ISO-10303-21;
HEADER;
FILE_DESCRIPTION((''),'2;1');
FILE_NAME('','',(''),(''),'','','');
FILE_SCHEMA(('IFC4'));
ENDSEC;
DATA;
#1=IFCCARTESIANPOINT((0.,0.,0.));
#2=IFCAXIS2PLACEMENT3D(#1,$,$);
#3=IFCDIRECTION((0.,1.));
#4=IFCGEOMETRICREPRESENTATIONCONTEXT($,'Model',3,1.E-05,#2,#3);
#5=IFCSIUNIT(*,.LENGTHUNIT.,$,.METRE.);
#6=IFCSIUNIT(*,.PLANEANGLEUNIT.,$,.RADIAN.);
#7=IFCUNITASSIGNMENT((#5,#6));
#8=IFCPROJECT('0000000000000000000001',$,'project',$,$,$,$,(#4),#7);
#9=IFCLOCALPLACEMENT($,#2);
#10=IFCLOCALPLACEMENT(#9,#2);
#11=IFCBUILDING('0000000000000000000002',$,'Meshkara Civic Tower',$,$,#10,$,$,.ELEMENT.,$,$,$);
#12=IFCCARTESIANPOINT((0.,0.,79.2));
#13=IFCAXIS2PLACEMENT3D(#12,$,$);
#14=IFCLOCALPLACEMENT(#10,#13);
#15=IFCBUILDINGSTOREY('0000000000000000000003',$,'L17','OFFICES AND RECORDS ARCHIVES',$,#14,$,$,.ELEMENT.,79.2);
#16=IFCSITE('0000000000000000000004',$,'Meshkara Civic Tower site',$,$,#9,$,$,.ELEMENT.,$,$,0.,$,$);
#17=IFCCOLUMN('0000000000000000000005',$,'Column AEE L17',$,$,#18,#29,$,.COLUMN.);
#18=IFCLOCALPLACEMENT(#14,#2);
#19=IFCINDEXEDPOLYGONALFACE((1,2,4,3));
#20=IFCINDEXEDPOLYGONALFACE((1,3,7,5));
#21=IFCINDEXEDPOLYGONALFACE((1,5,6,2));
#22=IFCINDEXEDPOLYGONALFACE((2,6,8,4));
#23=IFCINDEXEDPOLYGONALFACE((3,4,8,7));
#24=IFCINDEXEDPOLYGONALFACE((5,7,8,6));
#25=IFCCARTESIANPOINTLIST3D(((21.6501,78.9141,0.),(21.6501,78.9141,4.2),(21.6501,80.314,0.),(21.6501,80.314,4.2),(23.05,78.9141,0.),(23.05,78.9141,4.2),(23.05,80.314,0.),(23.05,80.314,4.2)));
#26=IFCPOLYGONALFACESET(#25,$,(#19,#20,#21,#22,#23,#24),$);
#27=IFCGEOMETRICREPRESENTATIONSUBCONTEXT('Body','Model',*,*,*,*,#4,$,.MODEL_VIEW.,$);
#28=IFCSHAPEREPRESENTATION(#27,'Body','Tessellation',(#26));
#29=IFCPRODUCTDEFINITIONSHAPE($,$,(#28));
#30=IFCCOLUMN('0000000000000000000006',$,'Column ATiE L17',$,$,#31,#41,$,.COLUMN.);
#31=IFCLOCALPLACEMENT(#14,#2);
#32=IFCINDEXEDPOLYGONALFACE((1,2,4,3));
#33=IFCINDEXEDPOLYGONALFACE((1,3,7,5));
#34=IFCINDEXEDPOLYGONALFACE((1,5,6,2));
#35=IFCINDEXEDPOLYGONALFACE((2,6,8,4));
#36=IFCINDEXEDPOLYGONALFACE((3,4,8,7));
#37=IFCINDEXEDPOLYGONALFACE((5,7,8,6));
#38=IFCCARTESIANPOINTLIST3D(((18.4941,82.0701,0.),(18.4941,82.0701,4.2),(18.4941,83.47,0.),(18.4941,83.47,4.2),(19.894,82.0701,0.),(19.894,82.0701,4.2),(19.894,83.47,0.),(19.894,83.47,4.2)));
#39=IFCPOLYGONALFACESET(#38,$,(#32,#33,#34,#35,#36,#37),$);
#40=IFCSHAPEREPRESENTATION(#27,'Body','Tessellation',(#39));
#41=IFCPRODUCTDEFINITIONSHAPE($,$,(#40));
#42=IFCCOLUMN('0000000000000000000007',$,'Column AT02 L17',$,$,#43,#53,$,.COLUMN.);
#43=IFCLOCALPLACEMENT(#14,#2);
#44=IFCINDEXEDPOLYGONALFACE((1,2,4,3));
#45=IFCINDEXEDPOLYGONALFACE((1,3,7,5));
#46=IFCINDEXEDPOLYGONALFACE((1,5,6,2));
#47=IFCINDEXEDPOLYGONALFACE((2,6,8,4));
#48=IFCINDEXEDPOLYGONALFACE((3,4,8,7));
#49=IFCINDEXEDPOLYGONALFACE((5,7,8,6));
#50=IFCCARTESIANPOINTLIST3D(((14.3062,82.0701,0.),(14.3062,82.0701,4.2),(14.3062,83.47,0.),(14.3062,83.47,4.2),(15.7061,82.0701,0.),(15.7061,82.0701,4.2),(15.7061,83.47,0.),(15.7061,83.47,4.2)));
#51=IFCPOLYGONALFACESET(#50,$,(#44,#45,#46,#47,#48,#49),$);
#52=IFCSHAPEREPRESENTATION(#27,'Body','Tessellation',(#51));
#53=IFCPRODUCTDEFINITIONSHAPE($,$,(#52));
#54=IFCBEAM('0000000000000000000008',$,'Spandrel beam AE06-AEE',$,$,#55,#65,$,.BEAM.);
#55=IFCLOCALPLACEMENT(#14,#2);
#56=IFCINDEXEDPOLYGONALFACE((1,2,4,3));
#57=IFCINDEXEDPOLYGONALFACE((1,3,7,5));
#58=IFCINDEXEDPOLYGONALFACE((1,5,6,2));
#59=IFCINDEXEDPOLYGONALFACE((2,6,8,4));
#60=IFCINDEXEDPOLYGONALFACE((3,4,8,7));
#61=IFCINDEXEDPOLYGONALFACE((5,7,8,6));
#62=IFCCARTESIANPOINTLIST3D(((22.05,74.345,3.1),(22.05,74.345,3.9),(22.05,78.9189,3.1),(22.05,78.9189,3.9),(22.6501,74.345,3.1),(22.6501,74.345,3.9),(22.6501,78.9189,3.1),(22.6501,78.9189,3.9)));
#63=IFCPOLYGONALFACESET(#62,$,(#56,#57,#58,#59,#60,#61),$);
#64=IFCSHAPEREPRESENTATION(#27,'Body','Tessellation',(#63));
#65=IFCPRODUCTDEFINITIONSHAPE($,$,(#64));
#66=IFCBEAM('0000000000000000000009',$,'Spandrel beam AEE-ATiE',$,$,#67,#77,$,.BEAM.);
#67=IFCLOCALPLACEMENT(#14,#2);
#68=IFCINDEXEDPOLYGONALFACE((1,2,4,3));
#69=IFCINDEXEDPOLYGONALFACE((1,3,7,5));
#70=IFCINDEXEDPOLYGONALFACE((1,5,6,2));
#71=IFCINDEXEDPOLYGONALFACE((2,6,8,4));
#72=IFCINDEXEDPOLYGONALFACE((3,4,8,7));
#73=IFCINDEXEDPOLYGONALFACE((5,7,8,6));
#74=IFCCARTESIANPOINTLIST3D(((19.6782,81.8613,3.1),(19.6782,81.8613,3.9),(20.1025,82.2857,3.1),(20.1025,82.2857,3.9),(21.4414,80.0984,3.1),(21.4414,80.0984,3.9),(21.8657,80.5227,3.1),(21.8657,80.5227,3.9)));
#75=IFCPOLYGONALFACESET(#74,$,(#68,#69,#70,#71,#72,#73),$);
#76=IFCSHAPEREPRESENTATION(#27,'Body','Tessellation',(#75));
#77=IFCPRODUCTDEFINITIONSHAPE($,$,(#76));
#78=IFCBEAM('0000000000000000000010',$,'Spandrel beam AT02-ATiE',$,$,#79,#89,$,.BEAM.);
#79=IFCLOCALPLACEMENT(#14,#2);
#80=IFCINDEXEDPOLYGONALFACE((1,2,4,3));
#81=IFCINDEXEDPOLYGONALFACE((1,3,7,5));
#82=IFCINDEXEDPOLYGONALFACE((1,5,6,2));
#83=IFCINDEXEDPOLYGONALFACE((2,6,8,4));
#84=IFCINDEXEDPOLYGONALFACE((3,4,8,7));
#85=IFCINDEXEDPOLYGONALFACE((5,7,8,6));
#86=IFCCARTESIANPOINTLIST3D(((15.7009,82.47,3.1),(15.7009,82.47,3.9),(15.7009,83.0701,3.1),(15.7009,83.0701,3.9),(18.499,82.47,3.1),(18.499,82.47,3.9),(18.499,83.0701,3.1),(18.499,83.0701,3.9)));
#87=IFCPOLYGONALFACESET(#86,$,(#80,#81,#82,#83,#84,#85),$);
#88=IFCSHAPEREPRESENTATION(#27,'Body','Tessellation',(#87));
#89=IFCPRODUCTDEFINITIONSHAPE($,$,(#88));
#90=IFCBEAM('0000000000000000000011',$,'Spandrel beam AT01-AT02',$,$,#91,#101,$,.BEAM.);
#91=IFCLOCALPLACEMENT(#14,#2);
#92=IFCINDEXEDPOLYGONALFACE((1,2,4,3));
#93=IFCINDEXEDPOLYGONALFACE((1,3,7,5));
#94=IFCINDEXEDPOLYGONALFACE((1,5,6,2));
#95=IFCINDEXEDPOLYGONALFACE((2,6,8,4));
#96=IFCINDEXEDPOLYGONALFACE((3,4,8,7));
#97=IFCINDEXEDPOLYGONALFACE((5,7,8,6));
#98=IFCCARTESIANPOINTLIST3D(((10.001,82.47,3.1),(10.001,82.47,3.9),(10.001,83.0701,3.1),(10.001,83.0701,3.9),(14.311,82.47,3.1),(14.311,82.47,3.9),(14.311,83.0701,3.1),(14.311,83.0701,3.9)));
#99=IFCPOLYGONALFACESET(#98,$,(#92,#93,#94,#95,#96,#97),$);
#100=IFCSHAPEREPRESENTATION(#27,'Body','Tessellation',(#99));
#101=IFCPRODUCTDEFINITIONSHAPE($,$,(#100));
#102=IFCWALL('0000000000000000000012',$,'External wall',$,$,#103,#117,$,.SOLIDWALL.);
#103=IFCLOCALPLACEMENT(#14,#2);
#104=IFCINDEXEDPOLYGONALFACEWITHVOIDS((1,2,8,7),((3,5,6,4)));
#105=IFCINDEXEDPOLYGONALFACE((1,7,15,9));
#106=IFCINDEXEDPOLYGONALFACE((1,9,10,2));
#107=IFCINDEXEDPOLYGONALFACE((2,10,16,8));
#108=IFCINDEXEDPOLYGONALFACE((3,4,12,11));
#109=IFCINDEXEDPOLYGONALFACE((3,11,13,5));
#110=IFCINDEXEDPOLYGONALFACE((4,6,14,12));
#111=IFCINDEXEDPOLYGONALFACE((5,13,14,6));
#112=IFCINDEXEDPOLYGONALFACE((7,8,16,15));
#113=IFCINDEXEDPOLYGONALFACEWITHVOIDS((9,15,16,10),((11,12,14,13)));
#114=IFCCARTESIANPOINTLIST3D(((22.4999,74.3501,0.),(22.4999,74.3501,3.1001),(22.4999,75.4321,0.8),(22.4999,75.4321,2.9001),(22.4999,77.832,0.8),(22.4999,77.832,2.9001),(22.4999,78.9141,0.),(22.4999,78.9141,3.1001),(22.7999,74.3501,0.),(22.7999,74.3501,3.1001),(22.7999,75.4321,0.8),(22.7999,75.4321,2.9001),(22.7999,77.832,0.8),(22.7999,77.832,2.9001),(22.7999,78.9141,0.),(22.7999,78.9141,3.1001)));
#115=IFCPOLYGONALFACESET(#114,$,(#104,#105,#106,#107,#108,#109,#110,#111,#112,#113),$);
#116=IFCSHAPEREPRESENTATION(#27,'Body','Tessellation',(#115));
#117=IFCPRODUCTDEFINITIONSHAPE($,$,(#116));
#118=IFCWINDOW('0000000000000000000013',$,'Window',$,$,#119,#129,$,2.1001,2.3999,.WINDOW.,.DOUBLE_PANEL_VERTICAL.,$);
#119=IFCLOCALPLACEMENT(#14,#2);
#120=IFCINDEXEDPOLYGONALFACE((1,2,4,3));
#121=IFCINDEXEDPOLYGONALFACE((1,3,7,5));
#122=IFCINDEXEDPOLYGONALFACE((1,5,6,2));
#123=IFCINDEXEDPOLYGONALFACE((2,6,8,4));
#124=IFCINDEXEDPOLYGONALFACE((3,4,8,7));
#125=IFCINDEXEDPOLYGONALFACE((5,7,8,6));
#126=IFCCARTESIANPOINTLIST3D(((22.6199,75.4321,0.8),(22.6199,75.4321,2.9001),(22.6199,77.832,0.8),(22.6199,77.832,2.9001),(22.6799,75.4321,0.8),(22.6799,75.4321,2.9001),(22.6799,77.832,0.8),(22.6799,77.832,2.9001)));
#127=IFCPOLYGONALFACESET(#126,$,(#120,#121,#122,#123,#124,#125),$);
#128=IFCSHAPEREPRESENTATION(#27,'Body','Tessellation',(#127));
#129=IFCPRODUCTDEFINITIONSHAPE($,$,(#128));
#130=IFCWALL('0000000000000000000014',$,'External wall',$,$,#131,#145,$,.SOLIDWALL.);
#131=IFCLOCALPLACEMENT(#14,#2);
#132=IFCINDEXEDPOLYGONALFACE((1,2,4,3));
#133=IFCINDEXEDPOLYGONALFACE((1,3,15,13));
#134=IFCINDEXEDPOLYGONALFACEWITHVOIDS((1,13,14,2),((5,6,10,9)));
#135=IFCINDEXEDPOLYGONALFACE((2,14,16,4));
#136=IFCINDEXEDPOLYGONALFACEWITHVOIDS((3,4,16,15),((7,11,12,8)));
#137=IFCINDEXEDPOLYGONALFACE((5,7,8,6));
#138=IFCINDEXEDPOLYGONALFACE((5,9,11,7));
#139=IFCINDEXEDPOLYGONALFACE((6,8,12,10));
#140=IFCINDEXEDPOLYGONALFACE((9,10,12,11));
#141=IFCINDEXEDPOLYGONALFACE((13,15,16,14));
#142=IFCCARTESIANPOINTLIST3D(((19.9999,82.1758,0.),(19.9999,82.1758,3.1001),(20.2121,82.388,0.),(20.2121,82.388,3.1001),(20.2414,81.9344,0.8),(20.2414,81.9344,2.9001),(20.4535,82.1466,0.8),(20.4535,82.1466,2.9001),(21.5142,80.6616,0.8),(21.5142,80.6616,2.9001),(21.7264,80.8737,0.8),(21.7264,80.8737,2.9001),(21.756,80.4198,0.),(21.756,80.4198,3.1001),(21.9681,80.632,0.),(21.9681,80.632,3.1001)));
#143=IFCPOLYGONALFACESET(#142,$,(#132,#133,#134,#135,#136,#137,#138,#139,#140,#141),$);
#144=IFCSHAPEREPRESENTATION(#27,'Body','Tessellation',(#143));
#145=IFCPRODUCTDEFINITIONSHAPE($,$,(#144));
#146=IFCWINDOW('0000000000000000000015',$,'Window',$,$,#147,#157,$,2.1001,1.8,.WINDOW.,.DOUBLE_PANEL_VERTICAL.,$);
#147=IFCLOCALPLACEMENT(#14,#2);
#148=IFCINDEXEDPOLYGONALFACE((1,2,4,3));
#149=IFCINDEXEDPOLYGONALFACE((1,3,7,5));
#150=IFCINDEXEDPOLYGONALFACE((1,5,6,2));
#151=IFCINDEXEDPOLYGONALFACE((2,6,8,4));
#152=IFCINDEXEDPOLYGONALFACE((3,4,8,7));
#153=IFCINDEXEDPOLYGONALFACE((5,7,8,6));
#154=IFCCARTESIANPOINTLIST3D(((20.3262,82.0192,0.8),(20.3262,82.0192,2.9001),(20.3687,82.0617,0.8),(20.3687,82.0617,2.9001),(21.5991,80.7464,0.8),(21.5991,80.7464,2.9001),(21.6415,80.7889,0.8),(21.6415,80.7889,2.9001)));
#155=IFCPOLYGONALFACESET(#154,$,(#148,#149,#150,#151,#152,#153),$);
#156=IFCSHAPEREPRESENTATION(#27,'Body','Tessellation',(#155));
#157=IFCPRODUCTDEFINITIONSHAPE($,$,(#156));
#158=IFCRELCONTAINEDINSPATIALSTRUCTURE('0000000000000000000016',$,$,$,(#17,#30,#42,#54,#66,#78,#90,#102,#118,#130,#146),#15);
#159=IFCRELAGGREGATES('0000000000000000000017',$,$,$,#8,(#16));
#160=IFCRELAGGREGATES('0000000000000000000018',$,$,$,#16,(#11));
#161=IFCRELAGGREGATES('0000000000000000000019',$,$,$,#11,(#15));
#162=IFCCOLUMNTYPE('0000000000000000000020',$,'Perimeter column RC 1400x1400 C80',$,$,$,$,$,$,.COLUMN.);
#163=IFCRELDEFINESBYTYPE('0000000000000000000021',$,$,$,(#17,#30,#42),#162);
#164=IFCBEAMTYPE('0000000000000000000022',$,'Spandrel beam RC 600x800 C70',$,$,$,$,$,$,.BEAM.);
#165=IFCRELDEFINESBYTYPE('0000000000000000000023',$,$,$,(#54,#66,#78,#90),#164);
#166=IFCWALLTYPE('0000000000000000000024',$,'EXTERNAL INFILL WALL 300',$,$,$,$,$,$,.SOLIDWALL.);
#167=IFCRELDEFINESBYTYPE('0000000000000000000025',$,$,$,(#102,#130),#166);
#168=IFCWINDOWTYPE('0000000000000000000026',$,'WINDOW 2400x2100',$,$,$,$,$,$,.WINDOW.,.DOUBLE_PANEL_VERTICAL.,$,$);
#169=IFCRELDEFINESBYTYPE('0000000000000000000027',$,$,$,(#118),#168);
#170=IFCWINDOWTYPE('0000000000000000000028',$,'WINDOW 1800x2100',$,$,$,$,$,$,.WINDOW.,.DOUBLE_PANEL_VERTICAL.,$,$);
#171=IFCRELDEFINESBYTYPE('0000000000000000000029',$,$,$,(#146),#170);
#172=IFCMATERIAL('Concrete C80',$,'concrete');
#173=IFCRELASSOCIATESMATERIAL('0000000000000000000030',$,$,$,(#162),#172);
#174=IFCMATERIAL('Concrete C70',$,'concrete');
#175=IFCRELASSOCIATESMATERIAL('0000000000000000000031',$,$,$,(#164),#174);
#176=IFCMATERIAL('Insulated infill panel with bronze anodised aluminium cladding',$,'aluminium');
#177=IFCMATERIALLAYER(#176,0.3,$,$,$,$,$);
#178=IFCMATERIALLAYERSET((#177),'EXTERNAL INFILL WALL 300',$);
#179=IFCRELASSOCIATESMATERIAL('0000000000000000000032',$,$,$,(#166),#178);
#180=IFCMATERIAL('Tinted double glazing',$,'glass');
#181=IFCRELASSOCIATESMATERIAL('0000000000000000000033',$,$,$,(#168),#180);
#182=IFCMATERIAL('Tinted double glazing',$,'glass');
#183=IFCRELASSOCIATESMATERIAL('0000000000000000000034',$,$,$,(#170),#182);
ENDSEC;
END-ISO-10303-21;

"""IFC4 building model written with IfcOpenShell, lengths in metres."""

from ifc_helpers import new_model, si_unit, direction, frame, frame_2d, origin, origin_2d, place, context, subcontext, project, spatial, rectangle, extrude, material, layer, layer_set, material_profile, profile_set, type_object, element, fill, save


model = new_model("IFC4")

# Units and contexts
model_context = context("Model", 3, precision=1e-05, world=origin(), true_north=direction((0.0, 1.0)))
body_context = subcontext(model_context, "Body", "Model", "MODEL_VIEW")
ifc_project = project(units=[si_unit("LENGTHUNIT", "METRE"), si_unit("PLANEANGLEUNIT", "RADIAN")], contexts=[model_context])

# Site, building, storey
site_placement = place(None, origin())
site = spatial("IfcSite", under=ifc_project, at=site_placement, Name="Meshkara Civic Tower site", CompositionType="ELEMENT", RefElevation=0.0)
building_placement = place(site_placement, origin())
building = spatial("IfcBuilding", under=site, at=building_placement, Name="Meshkara Civic Tower", CompositionType="ELEMENT")
storey_placement = place(building_placement, frame((0.0, 0.0, 79.2)))
storey = spatial("IfcBuildingStorey", under=building, at=storey_placement, Name="L17", Description="OFFICES AND RECORDS ARCHIVES", CompositionType="ELEMENT", Elevation=79.2)

# Columns
ifc_material_1 = material(Name="Concrete C80", Category="concrete")
ifc_material_profile_1 = material_profile(ifc_material_1, rectangle(XDim=1.3999, YDim=1.3999, at=origin_2d()))
ifc_profile_set_1 = profile_set([ifc_material_profile_1], Name="Concrete C80")
column_type = type_object("IfcColumnType", Name="Perimeter column RC 1400x1400 C80", PredefinedType="COLUMN", material=ifc_profile_set_1)
for number, where, z_axis, x_axis, name in (
    (1, (22.3501, 79.614, 0.0), (0.0, 0.0, 1.0), (1.0, 0.0, 0.0), "Column AEE L17"),
    (2, (19.1941, 82.77, 0.0), (0.0, 0.0, 1.0), (1.0, 0.0, 0.0), "Column ATiE L17"),
    (3, (15.0061, 82.77, 0.0), (0.0, 0.0, 1.0), (1.0, 0.0, 0.0), "Column AT02 L17"),
):
    element("IfcColumn", number, at=place(storey_placement, frame(where, z_axis=z_axis, x_axis=x_axis)), inside=storey, type_object=column_type, Name=name, PredefinedType="COLUMN", context=body_context, shape_type="SweptSolid", body=[
        extrude(rectangle(XDim=1.3999, YDim=1.3999, at=origin_2d()), origin(), (0.0, 0.0, 1.0), 4.2),
    ])

# Beams
ifc_material_2 = material(Name="Concrete C70", Category="concrete")
ifc_material_profile_2 = material_profile(ifc_material_2, rectangle(XDim=0.6001, YDim=0.8, at=origin_2d()))
ifc_profile_set_2 = profile_set([ifc_material_profile_2], Name="Concrete C70")
beam_type = type_object("IfcBeamType", Name="Spandrel beam RC 600x800 C70", PredefinedType="BEAM", material=ifc_profile_set_2)
beam_1_placement = place(storey_placement, frame((22.3501, 74.345, 3.5), z_axis=(0.0, 1.0, 0.0), x_axis=(-1.0, 0.0, 0.0)))
element("IfcBeam", 4, at=beam_1_placement, inside=storey, type_object=beam_type, Name="Spandrel beam AE06-AEE", PredefinedType="BEAM", context=body_context, shape_type="SweptSolid", body=[
    extrude(rectangle(XDim=0.6001, YDim=0.8, at=origin_2d()), origin(), (0.0, 0.0, 1.0), 4.574),
])
beam_2_placement = place(storey_placement, frame((21.6536, 80.3105, 3.5), z_axis=(-0.707156, 0.707058, 0.0), x_axis=(-0.707058, -0.707156, 0.0)))
element("IfcBeam", 5, at=beam_2_placement, inside=storey, type_object=beam_type, Name="Spandrel beam AEE-ATiE", PredefinedType="BEAM", context=body_context, shape_type="SweptSolid", body=[
    extrude(rectangle(XDim=0.6001, YDim=0.8, at=origin_2d()), origin(), (0.0, 0.0, 1.0), 2.4934),
])
beam_3_placement = place(storey_placement, frame((18.499, 82.77, 3.5), z_axis=(-1.0, 0.0, 0.0), x_axis=(0.0, -1.0, 0.0)))
element("IfcBeam", 6, at=beam_3_placement, inside=storey, type_object=beam_type, Name="Spandrel beam AT02-ATiE", PredefinedType="BEAM", context=body_context, shape_type="SweptSolid", body=[
    extrude(rectangle(XDim=0.6001, YDim=0.8, at=origin_2d()), origin(), (0.0, 0.0, 1.0), 2.7981),
])
beam_4_placement = place(storey_placement, frame((14.311, 82.77, 3.5), z_axis=(-1.0, 0.0, 0.0), x_axis=(0.0, -1.0, 0.0)))
element("IfcBeam", 7, at=beam_4_placement, inside=storey, type_object=beam_type, Name="Spandrel beam AT01-AT02", PredefinedType="BEAM", context=body_context, shape_type="SweptSolid", body=[
    extrude(rectangle(XDim=0.6001, YDim=0.8, at=origin_2d()), origin(), (0.0, 0.0, 1.0), 4.3101),
])

# Walls, openings, windows
ifc_material_3 = material(Name="Insulated infill panel with bronze anodised aluminium cladding", Category="aluminium")
ifc_layer = layer(ifc_material_3, 0.3)
ifc_layer_set = layer_set([ifc_layer], Name="EXTERNAL INFILL WALL 300")
wall_type = type_object("IfcWallType", Name="EXTERNAL INFILL WALL 300", PredefinedType="SOLIDWALL", material=ifc_layer_set)
wall_1_placement = place(storey_placement, frame((22.6499, 74.3501, 0.0), z_axis=(0.0, 0.0, 1.0), x_axis=(0.0, 1.0, 0.0)))
wall_1 = element("IfcWall", 8, at=wall_1_placement, inside=storey, type_object=wall_type, Name="External wall", PredefinedType="SOLIDWALL", context=body_context, shape_type="SweptSolid", body=[
    extrude(rectangle(XDim=4.564, YDim=0.3, at=frame_2d((2.282, 0.0))), origin(), (0.0, 0.0, 1.0), 3.1001),
])
opening_1_placement = place(wall_1_placement, frame((1.082, 0.0, 0.8)))
opening_1 = element("IfcOpeningElement", 9, at=opening_1_placement, cuts=wall_1, PredefinedType="OPENING", context=body_context, shape_type="SweptSolid", body=[
    extrude(rectangle(XDim=2.3999, YDim=2.1001, at=frame_2d((1.2, 1.05))), frame((0.0, 0.1599, 0.0), z_axis=(0.0, -1.0, 0.0), x_axis=(1.0, 0.0, 0.0)), (0.0, 0.0, 1.0), 0.3201),
])
ifc_material_4 = material(Name="Tinted double glazing", Category="glass")
window_type_1 = type_object("IfcWindowType", Name="WINDOW 2400x2100", PartitioningType="DOUBLE_PANEL_VERTICAL", PredefinedType="WINDOW", material=ifc_material_4)
window_1_placement = place(opening_1_placement, origin())
window_1 = element("IfcWindow", 10, at=window_1_placement, inside=storey, type_object=window_type_1, Name="Window", OverallHeight=2.1001, OverallWidth=2.3999, PartitioningType="DOUBLE_PANEL_VERTICAL", PredefinedType="WINDOW", context=body_context, shape_type="SweptSolid", body=[
    extrude(rectangle(XDim=2.3999, YDim=2.1001, at=frame_2d((1.2, 1.05))), frame((0.0, 0.03, 0.0), z_axis=(0.0, -1.0, 0.0), x_axis=(1.0, 0.0, 0.0)), (0.0, 0.0, 1.0), 0.0601),
])
fill(opening_1, window_1)
wall_2_placement = place(storey_placement, frame((21.8621, 80.5259, 0.0), z_axis=(0.0, 0.0, 1.0), x_axis=(-0.707107, 0.707107, 0.0)))
wall_2 = element("IfcWall", 11, at=wall_2_placement, inside=storey, type_object=wall_type, Name="External wall", PredefinedType="SOLIDWALL", context=body_context, shape_type="SweptSolid", body=[
    extrude(rectangle(XDim=2.4834, YDim=0.3, at=frame_2d((1.2417, 0.0))), origin(), (0.0, 0.0, 1.0), 3.1001),
])
opening_2_placement = place(wall_2_placement, frame((0.342, 0.0, 0.8)))
opening_2 = element("IfcOpeningElement", 12, at=opening_2_placement, cuts=wall_2, PredefinedType="OPENING", context=body_context, shape_type="SweptSolid", body=[
    extrude(rectangle(XDim=1.8, YDim=2.1001, at=frame_2d((0.8999, 1.05))), frame((0.0, 0.1599, 0.0), z_axis=(0.0, -1.0, 0.0), x_axis=(1.0, 0.0, 0.0)), (0.0, 0.0, 1.0), 0.3201),
])
ifc_material_5 = material(Name="Tinted double glazing", Category="glass")
window_type_2 = type_object("IfcWindowType", Name="WINDOW 1800x2100", PartitioningType="DOUBLE_PANEL_VERTICAL", PredefinedType="WINDOW", material=ifc_material_5)
window_2_placement = place(opening_2_placement, origin())
window_2 = element("IfcWindow", 13, at=window_2_placement, inside=storey, type_object=window_type_2, Name="Window", OverallHeight=2.1001, OverallWidth=1.8, PartitioningType="DOUBLE_PANEL_VERTICAL", PredefinedType="WINDOW", context=body_context, shape_type="SweptSolid", body=[
    extrude(rectangle(XDim=1.8, YDim=2.1001, at=frame_2d((0.8999, 1.05))), frame((0.0, 0.03, 0.0), z_axis=(0.0, -1.0, 0.0), x_axis=(1.0, 0.0, 0.0)), (0.0, 0.0, 1.0), 0.0601),
])
fill(opening_2, window_2)

save(model, "model.ifc")
